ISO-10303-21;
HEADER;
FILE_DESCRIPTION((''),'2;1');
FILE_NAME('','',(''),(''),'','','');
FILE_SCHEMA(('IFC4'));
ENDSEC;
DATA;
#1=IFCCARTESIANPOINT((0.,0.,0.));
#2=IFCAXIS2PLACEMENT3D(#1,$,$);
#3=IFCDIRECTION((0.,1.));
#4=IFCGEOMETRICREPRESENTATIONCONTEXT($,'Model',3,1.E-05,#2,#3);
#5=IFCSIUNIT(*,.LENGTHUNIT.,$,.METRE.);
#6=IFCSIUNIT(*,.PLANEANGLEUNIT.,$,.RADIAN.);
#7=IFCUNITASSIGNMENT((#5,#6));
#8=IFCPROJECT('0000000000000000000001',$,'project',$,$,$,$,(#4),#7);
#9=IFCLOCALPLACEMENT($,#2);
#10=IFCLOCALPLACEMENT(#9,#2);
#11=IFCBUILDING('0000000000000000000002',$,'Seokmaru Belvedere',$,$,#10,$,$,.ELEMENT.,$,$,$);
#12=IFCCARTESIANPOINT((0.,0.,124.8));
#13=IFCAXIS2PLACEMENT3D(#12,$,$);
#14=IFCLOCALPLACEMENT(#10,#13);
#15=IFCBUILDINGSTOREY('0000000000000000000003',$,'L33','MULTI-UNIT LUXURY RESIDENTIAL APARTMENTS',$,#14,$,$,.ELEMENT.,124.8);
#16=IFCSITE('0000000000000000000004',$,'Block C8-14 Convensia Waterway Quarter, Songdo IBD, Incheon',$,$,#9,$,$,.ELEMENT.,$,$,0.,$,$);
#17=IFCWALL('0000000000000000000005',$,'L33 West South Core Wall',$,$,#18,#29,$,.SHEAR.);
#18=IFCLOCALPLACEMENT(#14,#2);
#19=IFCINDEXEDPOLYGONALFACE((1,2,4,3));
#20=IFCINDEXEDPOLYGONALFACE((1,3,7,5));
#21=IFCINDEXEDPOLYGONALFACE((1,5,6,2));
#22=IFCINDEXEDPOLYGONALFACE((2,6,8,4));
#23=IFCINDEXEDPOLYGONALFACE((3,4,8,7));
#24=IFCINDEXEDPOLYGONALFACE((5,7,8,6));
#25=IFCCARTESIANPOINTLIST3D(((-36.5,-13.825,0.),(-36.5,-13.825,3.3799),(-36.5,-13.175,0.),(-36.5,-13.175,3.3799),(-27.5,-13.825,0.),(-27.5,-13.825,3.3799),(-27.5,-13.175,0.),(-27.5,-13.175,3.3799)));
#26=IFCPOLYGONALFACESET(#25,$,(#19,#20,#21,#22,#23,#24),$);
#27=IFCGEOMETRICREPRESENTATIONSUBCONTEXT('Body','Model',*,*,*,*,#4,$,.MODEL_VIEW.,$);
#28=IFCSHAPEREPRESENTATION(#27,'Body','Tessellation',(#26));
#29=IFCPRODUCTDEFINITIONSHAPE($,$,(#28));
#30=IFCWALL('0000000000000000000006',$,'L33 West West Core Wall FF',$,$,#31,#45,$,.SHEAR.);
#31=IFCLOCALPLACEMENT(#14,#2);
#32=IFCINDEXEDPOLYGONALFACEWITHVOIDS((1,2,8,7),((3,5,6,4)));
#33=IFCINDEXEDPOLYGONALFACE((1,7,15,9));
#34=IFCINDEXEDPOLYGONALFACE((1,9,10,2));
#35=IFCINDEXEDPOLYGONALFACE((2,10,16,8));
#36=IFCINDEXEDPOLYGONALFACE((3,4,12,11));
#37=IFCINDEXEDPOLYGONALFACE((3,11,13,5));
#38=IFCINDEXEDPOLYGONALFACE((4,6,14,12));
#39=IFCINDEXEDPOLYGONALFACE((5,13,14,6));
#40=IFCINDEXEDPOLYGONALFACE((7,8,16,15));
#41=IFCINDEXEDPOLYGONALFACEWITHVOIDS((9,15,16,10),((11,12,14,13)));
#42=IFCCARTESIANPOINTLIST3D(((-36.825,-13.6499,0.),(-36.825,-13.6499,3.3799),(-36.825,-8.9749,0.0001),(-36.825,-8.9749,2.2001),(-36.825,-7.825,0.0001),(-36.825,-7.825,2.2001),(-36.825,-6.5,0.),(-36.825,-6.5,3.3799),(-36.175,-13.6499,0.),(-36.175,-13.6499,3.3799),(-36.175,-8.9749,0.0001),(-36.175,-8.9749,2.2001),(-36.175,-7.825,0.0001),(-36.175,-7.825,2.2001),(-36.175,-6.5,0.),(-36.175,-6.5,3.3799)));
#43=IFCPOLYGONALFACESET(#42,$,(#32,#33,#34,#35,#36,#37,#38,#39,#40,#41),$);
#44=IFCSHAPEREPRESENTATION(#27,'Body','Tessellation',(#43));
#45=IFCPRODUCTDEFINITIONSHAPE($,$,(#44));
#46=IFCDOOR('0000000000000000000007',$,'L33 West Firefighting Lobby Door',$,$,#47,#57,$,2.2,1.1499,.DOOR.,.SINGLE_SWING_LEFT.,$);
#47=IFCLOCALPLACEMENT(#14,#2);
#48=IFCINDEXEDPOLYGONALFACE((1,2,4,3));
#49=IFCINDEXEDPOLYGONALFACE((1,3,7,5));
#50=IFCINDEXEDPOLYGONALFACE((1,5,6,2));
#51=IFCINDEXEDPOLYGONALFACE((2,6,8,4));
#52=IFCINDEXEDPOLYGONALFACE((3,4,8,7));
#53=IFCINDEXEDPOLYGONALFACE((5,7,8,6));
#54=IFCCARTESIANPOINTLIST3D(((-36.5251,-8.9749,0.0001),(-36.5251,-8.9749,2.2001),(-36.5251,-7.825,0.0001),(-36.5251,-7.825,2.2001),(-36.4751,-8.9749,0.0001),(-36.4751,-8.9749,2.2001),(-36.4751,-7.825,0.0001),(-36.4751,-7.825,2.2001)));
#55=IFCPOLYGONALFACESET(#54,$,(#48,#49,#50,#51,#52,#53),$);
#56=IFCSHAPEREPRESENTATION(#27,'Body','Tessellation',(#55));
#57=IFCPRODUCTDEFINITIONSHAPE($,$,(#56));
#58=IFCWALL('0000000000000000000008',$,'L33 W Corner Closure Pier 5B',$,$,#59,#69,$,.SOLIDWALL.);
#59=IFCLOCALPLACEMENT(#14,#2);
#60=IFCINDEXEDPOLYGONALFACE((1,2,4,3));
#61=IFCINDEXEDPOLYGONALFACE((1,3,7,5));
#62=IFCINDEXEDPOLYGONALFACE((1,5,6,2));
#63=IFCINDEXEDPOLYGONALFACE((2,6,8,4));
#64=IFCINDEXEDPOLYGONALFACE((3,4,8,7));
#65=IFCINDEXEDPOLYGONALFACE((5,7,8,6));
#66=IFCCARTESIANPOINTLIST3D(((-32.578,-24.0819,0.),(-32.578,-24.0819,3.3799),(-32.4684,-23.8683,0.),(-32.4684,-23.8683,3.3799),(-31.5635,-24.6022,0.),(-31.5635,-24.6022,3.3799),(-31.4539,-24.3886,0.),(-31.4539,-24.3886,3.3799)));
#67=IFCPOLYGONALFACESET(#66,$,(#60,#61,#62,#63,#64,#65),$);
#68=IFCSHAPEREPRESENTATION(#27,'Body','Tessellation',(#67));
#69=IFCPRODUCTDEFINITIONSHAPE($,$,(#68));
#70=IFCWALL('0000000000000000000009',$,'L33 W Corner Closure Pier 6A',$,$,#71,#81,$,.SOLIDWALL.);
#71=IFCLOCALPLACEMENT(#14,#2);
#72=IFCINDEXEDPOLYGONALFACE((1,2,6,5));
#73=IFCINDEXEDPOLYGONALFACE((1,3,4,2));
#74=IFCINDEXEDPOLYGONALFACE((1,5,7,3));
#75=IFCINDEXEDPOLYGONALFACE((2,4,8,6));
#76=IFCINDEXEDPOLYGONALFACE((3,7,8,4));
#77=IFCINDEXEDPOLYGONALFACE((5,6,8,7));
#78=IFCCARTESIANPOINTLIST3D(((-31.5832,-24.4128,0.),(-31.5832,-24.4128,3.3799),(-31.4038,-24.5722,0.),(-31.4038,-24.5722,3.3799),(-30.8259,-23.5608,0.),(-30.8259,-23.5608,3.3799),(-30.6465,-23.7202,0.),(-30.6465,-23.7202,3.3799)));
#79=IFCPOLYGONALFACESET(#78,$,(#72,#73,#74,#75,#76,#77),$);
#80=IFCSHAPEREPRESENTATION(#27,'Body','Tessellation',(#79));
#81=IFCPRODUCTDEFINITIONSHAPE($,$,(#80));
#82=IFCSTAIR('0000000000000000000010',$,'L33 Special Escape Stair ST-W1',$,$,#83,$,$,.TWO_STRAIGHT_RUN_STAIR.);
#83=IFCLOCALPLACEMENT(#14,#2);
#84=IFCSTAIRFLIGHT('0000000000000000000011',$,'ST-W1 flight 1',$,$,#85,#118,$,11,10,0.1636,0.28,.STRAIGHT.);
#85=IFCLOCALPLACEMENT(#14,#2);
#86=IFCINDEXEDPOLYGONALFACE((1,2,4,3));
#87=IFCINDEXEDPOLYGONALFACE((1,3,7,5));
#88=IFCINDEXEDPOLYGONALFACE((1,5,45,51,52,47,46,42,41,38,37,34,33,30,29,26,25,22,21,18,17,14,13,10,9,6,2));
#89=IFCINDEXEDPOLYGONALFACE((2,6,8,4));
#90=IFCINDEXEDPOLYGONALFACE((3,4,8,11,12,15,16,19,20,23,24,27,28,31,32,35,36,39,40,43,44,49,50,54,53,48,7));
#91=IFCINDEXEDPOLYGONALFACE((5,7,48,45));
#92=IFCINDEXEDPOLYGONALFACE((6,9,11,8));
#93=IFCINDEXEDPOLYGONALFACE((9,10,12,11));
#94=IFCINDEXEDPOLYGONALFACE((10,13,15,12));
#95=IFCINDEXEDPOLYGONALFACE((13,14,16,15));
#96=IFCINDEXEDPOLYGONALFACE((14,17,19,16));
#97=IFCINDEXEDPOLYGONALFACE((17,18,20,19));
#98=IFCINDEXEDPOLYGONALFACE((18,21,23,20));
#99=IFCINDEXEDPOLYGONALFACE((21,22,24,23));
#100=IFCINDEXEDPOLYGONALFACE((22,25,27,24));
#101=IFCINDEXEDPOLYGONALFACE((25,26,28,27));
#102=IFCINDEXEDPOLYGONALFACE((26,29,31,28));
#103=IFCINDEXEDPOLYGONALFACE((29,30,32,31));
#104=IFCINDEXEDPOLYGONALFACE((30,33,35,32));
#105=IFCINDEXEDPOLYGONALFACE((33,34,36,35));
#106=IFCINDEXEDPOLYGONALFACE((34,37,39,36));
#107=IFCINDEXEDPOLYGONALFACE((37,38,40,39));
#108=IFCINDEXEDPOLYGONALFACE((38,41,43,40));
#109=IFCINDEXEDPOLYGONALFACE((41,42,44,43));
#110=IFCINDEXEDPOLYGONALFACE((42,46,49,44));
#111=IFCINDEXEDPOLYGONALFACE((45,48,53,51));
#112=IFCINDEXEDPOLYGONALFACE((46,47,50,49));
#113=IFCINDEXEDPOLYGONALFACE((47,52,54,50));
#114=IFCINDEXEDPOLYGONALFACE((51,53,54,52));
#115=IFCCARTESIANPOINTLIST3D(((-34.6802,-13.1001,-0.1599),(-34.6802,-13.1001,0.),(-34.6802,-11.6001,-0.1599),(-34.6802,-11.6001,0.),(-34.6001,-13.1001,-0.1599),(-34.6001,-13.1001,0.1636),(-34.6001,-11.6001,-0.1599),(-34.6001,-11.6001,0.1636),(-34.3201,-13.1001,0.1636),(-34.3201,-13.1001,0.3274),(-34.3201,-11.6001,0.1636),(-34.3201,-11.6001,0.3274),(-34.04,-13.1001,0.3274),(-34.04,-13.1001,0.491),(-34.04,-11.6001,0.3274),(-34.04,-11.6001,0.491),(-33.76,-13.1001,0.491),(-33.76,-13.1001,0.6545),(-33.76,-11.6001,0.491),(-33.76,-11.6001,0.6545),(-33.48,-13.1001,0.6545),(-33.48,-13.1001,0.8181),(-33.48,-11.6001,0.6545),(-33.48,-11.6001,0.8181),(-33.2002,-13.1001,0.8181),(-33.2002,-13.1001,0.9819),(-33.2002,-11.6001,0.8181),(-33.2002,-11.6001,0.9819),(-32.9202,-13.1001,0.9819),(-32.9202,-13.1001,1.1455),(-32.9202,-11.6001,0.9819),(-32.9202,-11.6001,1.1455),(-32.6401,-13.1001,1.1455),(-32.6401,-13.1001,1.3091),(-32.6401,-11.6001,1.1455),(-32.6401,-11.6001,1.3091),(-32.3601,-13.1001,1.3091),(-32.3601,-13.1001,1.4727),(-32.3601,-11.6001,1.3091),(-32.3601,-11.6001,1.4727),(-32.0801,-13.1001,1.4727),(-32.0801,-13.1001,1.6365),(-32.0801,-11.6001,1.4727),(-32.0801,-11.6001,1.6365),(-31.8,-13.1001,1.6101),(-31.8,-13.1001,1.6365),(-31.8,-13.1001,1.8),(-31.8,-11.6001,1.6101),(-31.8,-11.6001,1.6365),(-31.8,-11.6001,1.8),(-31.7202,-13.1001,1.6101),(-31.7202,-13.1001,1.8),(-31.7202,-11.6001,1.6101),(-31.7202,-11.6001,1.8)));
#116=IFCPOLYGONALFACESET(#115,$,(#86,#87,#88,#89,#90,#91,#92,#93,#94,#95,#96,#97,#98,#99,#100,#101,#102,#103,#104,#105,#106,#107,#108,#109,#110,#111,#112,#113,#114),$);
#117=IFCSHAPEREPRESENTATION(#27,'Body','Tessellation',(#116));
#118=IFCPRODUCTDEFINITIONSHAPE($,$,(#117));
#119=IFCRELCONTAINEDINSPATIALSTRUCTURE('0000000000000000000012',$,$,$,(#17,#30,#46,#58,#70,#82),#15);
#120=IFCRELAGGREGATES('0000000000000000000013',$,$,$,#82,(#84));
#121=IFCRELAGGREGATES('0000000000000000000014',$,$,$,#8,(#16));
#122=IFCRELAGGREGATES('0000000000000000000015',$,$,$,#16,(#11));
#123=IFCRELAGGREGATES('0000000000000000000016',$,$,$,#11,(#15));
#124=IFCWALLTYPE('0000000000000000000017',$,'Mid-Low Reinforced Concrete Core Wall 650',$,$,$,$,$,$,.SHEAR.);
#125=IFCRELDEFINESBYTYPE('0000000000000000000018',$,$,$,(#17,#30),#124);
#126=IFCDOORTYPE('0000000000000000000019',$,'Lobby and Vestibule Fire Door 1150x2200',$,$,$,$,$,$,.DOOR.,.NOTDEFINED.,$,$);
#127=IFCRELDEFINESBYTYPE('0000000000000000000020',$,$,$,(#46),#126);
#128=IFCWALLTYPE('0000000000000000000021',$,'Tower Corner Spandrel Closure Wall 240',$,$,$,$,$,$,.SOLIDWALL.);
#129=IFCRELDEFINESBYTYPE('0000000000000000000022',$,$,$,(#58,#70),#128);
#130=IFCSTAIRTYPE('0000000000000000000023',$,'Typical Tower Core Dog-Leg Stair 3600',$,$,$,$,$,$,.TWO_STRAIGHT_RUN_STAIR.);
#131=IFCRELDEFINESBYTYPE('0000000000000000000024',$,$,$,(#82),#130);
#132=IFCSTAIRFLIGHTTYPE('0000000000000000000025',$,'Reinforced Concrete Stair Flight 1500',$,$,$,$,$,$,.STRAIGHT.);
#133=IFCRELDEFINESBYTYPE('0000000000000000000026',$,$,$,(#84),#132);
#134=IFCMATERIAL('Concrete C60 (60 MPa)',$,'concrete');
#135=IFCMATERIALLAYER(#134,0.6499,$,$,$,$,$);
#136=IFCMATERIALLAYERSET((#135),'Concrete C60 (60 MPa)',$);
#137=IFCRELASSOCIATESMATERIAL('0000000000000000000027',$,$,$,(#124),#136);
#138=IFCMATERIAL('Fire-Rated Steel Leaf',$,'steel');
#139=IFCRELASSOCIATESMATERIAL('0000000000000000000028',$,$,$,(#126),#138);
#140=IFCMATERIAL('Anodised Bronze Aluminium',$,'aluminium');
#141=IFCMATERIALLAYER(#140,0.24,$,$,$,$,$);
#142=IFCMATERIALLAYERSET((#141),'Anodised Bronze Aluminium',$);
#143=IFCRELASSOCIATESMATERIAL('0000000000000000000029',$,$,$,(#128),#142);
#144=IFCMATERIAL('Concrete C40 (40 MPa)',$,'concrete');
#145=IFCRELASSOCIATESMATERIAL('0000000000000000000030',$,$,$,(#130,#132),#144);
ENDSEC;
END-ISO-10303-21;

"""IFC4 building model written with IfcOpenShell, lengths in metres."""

from ifc_helpers import new_model, si_unit, direction, frame, frame_2d, origin, place, context, subcontext, project, spatial, polyline, rectangle, outline, extrude, source, transform, mapped, material, layer, layer_set, type_object, type_shapes, element, fill, aggregate, save


model = new_model("IFC4")

# Units and contexts
model_context = context("Model", 3, precision=1e-05, world=origin(), true_north=direction((0.0, 1.0)))
body_context = subcontext(model_context, "Body", "Model", "MODEL_VIEW")
ifc_project = project(units=[si_unit("LENGTHUNIT", "METRE"), si_unit("PLANEANGLEUNIT", "RADIAN")], contexts=[model_context])

# Site, building, storey
site_placement = place(None, origin())
site = spatial("IfcSite", under=ifc_project, at=site_placement, Name="Block C8-14 Convensia Waterway Quarter, Songdo IBD, Incheon", CompositionType="ELEMENT", RefElevation=0.0)
building_placement = place(site_placement, origin())
building = spatial("IfcBuilding", under=site, at=building_placement, Name="Seokmaru Belvedere", CompositionType="ELEMENT")
storey_placement = place(building_placement, frame((0.0, 0.0, 124.8)))
storey = spatial("IfcBuildingStorey", under=building, at=storey_placement, Name="L33", Description="MULTI-UNIT LUXURY RESIDENTIAL APARTMENTS", CompositionType="ELEMENT", Elevation=124.8)

# Shared definitions
ifc_material_1 = material(Name="Anodised Bronze Aluminium", Category="aluminium")

# Wall
ifc_material_2 = material(Name="Concrete C60 (60 MPa)", Category="concrete")
ifc_layer_1 = layer(ifc_material_2, 0.6499)
ifc_layer_set_1 = layer_set([ifc_layer_1], Name="Concrete C60 (60 MPa)")
wall_type_1 = type_object("IfcWallType", Name="Mid-Low Reinforced Concrete Core Wall 650", PredefinedType="SHEAR", material=ifc_layer_set_1)
wall_1_placement = place(storey_placement, frame((-36.5, -13.5, 0.0), z_axis=(0.0, 0.0, 1.0), x_axis=(1.0, 0.0, 0.0)))
element("IfcWall", 1, at=wall_1_placement, inside=storey, type_object=wall_type_1, Name="L33 West South Core Wall", PredefinedType="SHEAR", context=body_context, shape_type="SweptSolid", body=[
    extrude(rectangle(XDim=9.0, YDim=0.6499, at=frame_2d((4.5, 0.0))), origin(), (0.0, 0.0, 1.0), 3.3799),
])

# Wall, opening, door
wall_2_placement = place(storey_placement, frame((-36.5, -13.6499, 0.0), z_axis=(0.0, 0.0, 1.0), x_axis=(0.0, 1.0, 0.0)))
wall_2 = element("IfcWall", 2, at=wall_2_placement, inside=storey, type_object=wall_type_1, Name="L33 West West Core Wall FF", PredefinedType="SHEAR", context=body_context, shape_type="SweptSolid", body=[
    extrude(rectangle(XDim=7.1499, YDim=0.6499, at=frame_2d((3.575, 0.0))), origin(), (0.0, 0.0, 1.0), 3.3799),
])
opening_placement = place(wall_2_placement, frame((4.675, 0.0, 0.0)))
opening = element("IfcOpeningElement", 3, at=opening_placement, cuts=wall_2, PredefinedType="OPENING", context=body_context, shape_type="SweptSolid", body=[
    extrude(rectangle(XDim=1.1499, YDim=2.2, at=frame_2d((0.575, 1.1001))), frame((0.0, 0.335, 0.0), z_axis=(0.0, -1.0, 0.0), x_axis=(1.0, 0.0, 0.0)), (0.0, 0.0, 1.0), 0.6699),
])
ifc_material_3 = material(Name="Fire-Rated Steel Leaf", Category="steel")
door_type = type_object("IfcDoorType", Name="Lobby and Vestibule Fire Door 1150x2200", OperationType="NOTDEFINED", PredefinedType="DOOR", material=ifc_material_3)
shared_shape_1 = source(origin(), body_context, "Body", "SweptSolid", [
    extrude(rectangle(XDim=1.1499, YDim=2.2, at=frame_2d((0.575, 1.1001))), frame((0.0, 0.0249, 0.0), z_axis=(0.0, -1.0, 0.0), x_axis=(1.0, 0.0, 0.0)), (0.0, 0.0, 1.0), 0.05),
])
type_shapes(door_type, [shared_shape_1])
door_placement = place(opening_placement, frame((1.1499, 0.0, 0.0), z_axis=(0.0, 0.0, 1.0), x_axis=(-1.0, 0.0, 0.0)))
door = element("IfcDoor", 4, at=door_placement, inside=storey, type_object=door_type, Name="L33 West Firefighting Lobby Door", OperationType="SINGLE_SWING_LEFT", OverallHeight=2.2, OverallWidth=1.1499, PredefinedType="DOOR", context=body_context, shape_type="MappedRepresentation", body=[
    mapped(shared_shape_1, transform((0.0, 0.0, 0.0), scale=1.0)),
])
fill(opening, door)

# Walls
ifc_layer_2 = layer(ifc_material_1, 0.24)
ifc_layer_set_2 = layer_set([ifc_layer_2], Name="Anodised Bronze Aluminium")
wall_type_2 = type_object("IfcWallType", Name="Tower Corner Spandrel Closure Wall 240", PredefinedType="SOLIDWALL", material=ifc_layer_set_2)
wall_3_placement = place(storey_placement, frame((-32.5232, -23.9751, 0.0), z_axis=(0.0, 0.0, 1.0), x_axis=(0.889797, -0.456356, 0.0)))
element("IfcWall", 5, at=wall_3_placement, inside=storey, type_object=wall_type_2, Name="L33 W Corner Closure Pier 5B", PredefinedType="SOLIDWALL", context=body_context, shape_type="SweptSolid", body=[
    extrude(rectangle(XDim=1.1401, YDim=0.24, at=frame_2d((0.5701, 0.0))), origin(), (0.0, 0.0, 1.0), 3.3799),
])
wall_4_placement = place(storey_placement, frame((-31.4934, -24.4924, 0.0), z_axis=(0.0, 0.0, 1.0), x_axis=(0.664337, 0.747433, 0.0)))
element("IfcWall", 6, at=wall_4_placement, inside=storey, type_object=wall_type_2, Name="L33 W Corner Closure Pier 6A", PredefinedType="SOLIDWALL", context=body_context, shape_type="SweptSolid", body=[
    extrude(rectangle(XDim=1.1399, YDim=0.24, at=frame_2d((0.5698, 0.0))), origin(), (0.0, 0.0, 1.0), 3.3799),
])

# Stair, stair flight
ifc_material_4 = material(Name="Concrete C40 (40 MPa)", Category="concrete")
stair_type = type_object("IfcStairType", Name="Typical Tower Core Dog-Leg Stair 3600", PredefinedType="TWO_STRAIGHT_RUN_STAIR", material=ifc_material_4)
stair_placement = place(storey_placement, origin())
stair = element("IfcStair", 7, at=stair_placement, inside=storey, type_object=stair_type, Name="L33 Special Escape Stair ST-W1", PredefinedType="TWO_STRAIGHT_RUN_STAIR")
stair_flight_type = type_object("IfcStairFlightType", Name="Reinforced Concrete Stair Flight 1500", PredefinedType="STRAIGHT", material=ifc_material_4)
stair_flight_placement = place(storey_placement, frame((-34.6001, -12.3501, 0.0), z_axis=(0.0, 0.0, 1.0), x_axis=(1.0, 0.0, 0.0)))
stair_flight = element("IfcStairFlight", 8, at=stair_flight_placement, type_object=stair_flight_type, Name="ST-W1 flight 1", NumberOfRisers=11, NumberOfTreads=10, PredefinedType="STRAIGHT", RiserHeight=0.1636, TreadLength=0.28, context=body_context, shape_type="SweptSolid", body=[
    extrude(outline(polyline([(-0.0801, 0.0), (0.0, 0.1636), (0.28, 0.1636), (0.28, 0.3274), (0.5601, 0.3274), (0.5601, 0.491), (0.8401, 0.491), (0.8401, 0.6545), (1.1201, 0.6545), (1.1201, 0.8181), (1.3999, 0.8181), (1.3999, 0.9819), (1.6799, 0.9819), (1.6799, 1.1455), (1.96, 1.1455), (1.96, 1.3091), (2.24, 1.3091), (2.24, 1.4727), (2.52, 1.4727), (2.52, 1.6365), (2.8, 1.6365), (2.8, 1.8), (2.8799, 1.8), (2.8799, 1.6101), (2.8, 1.6101), (0.0, -0.1599), (-0.0801, -0.1599), (-0.0801, 0.0)])), frame((0.0, 0.75, 0.0), z_axis=(0.0, -1.0, 0.0), x_axis=(1.0, 0.0, 0.0)), (0.0, 0.0, 1.0), 1.5),
])
aggregate(stair, [stair_flight])

save(model, "model.ifc")
